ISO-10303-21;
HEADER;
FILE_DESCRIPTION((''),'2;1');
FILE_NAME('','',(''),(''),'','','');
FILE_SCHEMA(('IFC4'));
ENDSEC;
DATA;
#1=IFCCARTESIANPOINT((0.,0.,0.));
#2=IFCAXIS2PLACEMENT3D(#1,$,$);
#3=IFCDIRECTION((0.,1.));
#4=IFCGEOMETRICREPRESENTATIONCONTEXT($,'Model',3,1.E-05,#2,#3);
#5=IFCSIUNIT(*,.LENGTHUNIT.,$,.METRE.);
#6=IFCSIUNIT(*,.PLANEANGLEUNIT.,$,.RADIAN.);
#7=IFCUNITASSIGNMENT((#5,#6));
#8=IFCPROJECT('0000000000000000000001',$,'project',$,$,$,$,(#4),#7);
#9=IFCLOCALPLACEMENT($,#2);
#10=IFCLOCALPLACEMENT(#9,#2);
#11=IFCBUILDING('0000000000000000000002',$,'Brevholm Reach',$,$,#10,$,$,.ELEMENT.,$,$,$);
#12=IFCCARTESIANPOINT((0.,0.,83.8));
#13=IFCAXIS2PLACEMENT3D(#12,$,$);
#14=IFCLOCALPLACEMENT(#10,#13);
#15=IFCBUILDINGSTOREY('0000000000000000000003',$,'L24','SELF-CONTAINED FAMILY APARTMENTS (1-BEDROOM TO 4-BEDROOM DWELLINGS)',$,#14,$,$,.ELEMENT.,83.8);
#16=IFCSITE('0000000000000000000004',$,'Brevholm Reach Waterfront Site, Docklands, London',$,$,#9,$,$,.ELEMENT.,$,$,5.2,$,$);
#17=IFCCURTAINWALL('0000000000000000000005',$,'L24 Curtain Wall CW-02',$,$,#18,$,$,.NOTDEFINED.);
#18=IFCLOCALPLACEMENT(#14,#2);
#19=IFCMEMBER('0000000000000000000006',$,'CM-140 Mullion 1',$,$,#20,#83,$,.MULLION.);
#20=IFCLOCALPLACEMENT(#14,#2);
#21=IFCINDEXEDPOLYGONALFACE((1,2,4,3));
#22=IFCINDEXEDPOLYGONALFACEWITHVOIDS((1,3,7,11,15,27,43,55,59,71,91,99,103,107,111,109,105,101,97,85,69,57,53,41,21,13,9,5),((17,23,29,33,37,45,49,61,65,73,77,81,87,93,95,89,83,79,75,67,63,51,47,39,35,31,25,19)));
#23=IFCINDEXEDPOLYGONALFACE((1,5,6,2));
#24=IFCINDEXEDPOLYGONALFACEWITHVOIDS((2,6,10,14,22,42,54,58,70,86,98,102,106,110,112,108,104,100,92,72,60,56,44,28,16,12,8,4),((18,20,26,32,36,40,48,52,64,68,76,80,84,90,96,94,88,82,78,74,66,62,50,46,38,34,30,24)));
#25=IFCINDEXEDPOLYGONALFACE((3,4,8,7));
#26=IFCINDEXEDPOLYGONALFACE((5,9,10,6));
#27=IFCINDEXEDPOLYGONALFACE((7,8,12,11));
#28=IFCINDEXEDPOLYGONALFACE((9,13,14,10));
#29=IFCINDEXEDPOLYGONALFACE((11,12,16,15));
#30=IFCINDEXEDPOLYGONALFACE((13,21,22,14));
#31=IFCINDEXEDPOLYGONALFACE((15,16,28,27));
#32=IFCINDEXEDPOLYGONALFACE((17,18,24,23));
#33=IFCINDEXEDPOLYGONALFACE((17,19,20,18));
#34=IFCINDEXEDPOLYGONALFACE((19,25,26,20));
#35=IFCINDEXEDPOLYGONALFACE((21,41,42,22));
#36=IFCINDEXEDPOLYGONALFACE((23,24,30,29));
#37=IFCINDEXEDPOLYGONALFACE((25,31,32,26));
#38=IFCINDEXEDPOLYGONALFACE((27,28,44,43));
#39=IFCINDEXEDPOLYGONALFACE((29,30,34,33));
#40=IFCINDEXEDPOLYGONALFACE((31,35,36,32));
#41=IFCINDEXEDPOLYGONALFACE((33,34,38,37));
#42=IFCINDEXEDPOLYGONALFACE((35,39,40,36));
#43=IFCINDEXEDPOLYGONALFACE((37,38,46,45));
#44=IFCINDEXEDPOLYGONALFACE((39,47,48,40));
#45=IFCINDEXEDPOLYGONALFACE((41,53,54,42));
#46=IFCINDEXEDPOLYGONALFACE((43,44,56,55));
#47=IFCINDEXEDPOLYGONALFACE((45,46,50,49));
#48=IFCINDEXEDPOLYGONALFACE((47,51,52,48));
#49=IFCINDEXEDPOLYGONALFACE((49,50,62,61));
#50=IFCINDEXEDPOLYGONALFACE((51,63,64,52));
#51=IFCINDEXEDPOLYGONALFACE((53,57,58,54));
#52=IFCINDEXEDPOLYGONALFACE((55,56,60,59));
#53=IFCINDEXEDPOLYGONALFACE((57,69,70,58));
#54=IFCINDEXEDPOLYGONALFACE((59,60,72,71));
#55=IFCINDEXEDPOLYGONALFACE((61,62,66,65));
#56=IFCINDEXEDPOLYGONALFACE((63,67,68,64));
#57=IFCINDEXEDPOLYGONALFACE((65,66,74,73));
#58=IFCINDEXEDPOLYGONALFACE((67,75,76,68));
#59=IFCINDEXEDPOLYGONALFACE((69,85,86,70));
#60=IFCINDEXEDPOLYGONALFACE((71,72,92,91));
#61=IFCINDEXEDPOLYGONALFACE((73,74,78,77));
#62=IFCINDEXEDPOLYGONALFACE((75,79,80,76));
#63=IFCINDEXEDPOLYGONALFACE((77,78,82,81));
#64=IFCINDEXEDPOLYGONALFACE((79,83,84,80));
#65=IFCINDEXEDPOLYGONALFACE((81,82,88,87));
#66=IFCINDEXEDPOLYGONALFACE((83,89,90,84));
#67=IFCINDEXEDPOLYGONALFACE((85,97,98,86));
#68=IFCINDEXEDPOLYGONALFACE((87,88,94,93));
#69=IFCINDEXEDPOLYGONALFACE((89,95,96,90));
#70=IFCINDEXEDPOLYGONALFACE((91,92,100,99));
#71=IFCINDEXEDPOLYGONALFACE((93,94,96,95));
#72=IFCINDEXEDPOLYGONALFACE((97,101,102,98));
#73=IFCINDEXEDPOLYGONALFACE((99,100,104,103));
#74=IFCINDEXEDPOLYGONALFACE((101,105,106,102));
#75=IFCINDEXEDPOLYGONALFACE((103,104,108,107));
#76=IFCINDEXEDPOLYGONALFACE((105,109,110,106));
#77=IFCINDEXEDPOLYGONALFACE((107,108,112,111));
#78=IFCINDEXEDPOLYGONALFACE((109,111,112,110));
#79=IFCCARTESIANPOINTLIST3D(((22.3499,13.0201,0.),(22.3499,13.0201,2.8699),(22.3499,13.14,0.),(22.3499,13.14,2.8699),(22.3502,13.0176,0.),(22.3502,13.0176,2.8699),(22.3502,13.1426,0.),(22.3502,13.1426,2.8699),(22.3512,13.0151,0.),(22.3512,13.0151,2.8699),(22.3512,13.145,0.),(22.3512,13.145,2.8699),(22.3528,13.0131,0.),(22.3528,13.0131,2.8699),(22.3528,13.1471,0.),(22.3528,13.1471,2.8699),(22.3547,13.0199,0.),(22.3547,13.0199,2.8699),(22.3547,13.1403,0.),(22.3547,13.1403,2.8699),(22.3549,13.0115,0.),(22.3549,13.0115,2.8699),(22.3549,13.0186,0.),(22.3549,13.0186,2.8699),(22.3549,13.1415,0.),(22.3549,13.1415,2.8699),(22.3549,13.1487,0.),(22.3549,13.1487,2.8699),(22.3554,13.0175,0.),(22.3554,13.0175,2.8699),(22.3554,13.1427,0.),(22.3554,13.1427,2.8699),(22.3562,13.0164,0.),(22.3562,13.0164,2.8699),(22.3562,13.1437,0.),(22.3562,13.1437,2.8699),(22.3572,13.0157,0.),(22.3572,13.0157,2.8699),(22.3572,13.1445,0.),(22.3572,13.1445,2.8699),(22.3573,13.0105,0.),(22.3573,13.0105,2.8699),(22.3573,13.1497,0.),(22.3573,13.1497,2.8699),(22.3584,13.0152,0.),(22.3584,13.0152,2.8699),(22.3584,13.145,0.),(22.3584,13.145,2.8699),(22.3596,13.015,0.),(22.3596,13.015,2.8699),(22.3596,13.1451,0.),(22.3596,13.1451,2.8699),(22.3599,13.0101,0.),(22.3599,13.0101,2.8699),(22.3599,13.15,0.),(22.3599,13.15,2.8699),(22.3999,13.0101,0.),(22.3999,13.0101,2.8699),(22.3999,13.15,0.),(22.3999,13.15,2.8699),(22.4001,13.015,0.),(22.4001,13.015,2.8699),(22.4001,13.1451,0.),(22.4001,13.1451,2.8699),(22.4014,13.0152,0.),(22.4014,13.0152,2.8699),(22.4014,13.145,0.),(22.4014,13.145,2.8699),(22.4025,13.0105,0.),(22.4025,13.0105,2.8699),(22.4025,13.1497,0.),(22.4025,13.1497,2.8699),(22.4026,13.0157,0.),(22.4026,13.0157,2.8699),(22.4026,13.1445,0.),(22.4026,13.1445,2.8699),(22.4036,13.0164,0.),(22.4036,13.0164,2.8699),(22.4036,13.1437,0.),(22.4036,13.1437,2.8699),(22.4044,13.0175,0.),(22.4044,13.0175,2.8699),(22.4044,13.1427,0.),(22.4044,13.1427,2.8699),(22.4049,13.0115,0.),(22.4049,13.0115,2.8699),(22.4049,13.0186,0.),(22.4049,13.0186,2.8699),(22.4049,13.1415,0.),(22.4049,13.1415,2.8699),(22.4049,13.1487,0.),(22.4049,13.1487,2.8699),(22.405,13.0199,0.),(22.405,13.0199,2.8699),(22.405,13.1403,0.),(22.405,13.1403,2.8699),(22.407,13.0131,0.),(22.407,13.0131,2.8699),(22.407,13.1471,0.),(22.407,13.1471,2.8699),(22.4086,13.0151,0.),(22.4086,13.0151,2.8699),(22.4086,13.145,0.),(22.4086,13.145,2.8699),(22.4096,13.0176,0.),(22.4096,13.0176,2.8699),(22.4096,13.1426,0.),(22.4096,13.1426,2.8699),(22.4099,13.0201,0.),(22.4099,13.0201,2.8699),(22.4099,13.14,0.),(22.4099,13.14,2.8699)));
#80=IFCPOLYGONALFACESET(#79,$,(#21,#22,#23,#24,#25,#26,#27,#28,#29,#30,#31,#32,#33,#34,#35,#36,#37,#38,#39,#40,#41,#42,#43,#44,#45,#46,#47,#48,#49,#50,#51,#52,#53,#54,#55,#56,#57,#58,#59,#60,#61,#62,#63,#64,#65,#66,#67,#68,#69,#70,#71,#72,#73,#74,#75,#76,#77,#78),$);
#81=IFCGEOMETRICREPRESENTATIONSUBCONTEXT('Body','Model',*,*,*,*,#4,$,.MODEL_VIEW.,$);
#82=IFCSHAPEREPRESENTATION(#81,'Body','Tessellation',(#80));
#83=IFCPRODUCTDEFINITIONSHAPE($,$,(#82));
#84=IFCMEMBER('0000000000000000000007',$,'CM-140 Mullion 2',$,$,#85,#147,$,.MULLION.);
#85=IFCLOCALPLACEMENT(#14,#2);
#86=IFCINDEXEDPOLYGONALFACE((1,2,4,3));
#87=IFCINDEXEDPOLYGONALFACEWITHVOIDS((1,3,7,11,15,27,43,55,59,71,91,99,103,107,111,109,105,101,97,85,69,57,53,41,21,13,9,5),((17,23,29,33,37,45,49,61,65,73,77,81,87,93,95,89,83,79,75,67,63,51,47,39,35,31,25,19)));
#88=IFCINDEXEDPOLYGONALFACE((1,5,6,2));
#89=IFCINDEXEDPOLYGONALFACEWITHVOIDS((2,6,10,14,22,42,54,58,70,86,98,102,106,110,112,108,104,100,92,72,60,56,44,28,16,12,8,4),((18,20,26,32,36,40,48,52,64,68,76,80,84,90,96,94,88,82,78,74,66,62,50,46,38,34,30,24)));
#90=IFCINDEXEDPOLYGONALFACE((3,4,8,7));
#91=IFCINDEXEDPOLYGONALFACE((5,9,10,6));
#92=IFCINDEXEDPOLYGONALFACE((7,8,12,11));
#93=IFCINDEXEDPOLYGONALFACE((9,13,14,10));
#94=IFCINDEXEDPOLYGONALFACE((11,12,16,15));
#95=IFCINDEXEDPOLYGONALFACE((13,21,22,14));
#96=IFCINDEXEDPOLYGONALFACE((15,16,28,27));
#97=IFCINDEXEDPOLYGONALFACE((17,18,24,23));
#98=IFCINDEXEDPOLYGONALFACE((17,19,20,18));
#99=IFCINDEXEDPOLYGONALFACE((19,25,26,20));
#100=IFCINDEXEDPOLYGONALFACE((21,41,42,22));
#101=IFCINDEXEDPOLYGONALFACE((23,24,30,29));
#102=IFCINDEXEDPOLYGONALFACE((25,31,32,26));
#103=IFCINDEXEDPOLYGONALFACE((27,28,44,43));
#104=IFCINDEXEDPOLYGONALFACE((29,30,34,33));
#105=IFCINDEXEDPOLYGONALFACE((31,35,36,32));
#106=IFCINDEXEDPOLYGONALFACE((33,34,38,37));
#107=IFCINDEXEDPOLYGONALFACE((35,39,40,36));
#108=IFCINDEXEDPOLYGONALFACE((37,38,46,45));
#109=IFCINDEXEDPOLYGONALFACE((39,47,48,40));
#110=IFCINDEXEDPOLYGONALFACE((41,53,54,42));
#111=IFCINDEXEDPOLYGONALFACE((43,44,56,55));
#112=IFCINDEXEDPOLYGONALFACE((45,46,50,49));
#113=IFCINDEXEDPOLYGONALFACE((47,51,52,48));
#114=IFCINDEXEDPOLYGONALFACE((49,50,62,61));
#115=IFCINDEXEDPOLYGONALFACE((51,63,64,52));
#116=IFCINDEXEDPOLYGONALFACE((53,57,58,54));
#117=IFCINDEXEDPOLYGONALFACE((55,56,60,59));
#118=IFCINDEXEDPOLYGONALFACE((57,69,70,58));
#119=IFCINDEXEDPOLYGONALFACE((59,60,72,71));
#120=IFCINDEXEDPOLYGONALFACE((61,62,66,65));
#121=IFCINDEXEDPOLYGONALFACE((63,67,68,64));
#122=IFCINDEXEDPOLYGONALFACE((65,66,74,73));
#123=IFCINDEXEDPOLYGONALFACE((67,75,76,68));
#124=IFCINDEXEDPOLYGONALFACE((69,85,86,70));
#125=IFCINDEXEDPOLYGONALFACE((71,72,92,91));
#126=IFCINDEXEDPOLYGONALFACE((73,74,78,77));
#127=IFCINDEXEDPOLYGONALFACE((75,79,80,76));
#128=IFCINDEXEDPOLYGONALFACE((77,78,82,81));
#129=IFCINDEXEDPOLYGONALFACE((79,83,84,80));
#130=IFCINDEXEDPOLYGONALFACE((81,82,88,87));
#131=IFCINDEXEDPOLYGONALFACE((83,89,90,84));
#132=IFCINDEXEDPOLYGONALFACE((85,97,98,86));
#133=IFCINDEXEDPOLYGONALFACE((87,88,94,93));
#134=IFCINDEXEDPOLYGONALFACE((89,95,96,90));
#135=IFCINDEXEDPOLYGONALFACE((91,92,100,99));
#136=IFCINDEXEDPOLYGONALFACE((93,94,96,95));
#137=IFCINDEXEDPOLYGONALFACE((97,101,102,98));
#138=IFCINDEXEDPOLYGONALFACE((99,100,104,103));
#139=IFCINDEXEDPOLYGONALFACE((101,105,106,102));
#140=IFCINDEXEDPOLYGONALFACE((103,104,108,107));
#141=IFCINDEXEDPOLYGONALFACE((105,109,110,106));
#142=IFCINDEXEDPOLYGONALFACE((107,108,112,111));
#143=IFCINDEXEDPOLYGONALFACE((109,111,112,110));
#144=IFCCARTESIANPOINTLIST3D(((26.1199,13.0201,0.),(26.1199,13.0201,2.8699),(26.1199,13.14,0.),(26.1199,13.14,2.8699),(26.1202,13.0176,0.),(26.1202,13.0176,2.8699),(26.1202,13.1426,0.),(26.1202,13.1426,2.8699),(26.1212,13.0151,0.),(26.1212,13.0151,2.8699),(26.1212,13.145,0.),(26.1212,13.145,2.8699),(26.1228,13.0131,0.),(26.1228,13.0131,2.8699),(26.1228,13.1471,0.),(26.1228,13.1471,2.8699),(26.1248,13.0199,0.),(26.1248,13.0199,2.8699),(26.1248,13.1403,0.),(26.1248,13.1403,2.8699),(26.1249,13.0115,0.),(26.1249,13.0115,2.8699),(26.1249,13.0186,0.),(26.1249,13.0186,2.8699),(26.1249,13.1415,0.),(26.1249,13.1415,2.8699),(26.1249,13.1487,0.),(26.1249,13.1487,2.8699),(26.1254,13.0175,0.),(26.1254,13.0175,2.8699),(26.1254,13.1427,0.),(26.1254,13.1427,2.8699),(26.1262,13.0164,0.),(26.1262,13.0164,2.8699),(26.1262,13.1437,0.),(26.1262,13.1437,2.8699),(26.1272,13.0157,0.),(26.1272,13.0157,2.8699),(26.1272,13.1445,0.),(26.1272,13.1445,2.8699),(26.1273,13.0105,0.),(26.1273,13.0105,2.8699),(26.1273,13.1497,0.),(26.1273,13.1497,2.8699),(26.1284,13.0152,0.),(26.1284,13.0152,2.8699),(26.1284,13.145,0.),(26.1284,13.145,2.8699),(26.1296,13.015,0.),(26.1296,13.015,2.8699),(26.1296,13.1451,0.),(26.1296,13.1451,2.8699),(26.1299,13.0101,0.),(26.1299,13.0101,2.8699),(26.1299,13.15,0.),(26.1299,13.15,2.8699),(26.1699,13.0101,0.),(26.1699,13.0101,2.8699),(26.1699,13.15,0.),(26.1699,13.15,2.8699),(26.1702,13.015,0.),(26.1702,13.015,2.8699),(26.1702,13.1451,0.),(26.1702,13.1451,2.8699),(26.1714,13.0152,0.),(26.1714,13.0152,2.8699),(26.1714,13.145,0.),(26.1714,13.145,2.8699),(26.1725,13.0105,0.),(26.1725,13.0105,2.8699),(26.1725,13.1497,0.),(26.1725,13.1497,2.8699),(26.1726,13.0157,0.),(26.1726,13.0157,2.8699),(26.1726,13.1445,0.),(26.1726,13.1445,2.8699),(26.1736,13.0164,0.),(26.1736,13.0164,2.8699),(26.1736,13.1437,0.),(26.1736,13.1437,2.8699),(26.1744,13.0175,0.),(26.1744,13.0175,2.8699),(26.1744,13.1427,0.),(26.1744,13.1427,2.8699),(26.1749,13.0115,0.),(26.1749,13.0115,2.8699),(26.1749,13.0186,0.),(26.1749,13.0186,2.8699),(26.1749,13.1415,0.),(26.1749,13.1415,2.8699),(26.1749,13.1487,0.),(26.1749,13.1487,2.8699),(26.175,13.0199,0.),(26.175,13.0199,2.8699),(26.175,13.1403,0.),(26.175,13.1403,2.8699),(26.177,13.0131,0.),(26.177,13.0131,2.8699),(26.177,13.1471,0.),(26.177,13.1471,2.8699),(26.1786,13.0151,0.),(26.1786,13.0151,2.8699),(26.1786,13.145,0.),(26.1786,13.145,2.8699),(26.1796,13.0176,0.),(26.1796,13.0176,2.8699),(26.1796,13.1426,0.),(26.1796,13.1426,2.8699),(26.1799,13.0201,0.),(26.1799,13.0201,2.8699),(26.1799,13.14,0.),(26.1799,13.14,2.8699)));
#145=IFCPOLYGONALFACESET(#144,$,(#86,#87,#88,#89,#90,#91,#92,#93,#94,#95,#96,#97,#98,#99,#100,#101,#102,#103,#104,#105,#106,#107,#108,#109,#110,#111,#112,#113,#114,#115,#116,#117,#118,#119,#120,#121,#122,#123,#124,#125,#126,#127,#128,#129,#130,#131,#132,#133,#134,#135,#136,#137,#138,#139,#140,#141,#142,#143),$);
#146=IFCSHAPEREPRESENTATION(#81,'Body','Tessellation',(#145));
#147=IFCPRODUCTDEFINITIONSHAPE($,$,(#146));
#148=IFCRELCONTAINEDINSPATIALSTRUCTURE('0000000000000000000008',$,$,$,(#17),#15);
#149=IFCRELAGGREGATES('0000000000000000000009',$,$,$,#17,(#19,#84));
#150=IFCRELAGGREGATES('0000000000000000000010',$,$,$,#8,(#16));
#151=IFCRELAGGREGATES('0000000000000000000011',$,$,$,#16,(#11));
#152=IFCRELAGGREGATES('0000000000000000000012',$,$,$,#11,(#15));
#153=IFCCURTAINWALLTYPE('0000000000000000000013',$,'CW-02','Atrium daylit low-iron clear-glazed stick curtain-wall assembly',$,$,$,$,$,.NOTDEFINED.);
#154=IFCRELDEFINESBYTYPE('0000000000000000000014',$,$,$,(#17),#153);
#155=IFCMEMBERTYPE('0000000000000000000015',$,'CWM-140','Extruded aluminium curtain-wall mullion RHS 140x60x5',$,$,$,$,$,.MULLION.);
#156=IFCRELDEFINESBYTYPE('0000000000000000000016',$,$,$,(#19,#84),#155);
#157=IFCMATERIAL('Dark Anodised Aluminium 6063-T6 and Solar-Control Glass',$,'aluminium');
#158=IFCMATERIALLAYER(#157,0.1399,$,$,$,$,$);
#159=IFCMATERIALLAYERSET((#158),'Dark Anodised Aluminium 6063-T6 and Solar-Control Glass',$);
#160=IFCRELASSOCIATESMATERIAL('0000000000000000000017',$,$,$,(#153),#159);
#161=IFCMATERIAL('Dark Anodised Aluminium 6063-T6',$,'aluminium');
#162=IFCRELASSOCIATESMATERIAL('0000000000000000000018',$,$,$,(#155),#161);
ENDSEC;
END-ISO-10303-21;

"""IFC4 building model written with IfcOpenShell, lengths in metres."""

from ifc_helpers import new_model, si_unit, direction, frame, origin, origin_2d, place, context, subcontext, project, spatial, hollow_rectangle, extrude, material, layer, layer_set, material_profile, profile_set, type_object, element, aggregate, save


model = new_model("IFC4")

# Units and contexts
model_context = context("Model", 3, precision=1e-05, world=origin(), true_north=direction((0.0, 1.0)))
body_context = subcontext(model_context, "Body", "Model", "MODEL_VIEW")
ifc_project = project(units=[si_unit("LENGTHUNIT", "METRE"), si_unit("PLANEANGLEUNIT", "RADIAN")], contexts=[model_context])

# Site, building, storey
site_placement = place(None, origin())
site = spatial("IfcSite", under=ifc_project, at=site_placement, Name="Brevholm Reach Waterfront Site, Docklands, London", CompositionType="ELEMENT", RefElevation=5.2)
building_placement = place(site_placement, origin())
building = spatial("IfcBuilding", under=site, at=building_placement, Name="Brevholm Reach", CompositionType="ELEMENT")
storey_placement = place(building_placement, frame((0.0, 0.0, 83.8)))
storey = spatial("IfcBuildingStorey", under=building, at=storey_placement, Name="L24", Description="SELF-CONTAINED FAMILY APARTMENTS (1-BEDROOM TO 4-BEDROOM DWELLINGS)", CompositionType="ELEMENT", Elevation=83.8)

# Curtain wall, members
ifc_material_1 = material(Name="Dark Anodised Aluminium 6063-T6 and Solar-Control Glass", Category="aluminium")
ifc_layer_1 = layer(ifc_material_1, 0.1399)
ifc_layer_set_1 = layer_set([ifc_layer_1], Name="Dark Anodised Aluminium 6063-T6 and Solar-Control Glass")
curtain_wall_type = type_object("IfcCurtainWallType", Name="CW-02", Description="Atrium daylit low-iron clear-glazed stick curtain-wall assembly", PredefinedType="NOTDEFINED", material=ifc_layer_set_1)
curtain_wall_placement = place(storey_placement, origin())
curtain_wall = element("IfcCurtainWall", 1, at=curtain_wall_placement, inside=storey, type_object=curtain_wall_type, Name="L24 Curtain Wall CW-02", PredefinedType="NOTDEFINED")
ifc_material_2 = material(Name="Dark Anodised Aluminium 6063-T6", Category="aluminium")
ifc_material_profile_1 = material_profile(ifc_material_2, hollow_rectangle(XDim=0.0601, YDim=0.1399, WallThickness=0.0049, InnerFilletRadius=0.0049, OuterFilletRadius=0.01, at=origin_2d()), Name="RHS 140x60x5")
ifc_profile_set_1 = profile_set([ifc_material_profile_1], Name="Dark Anodised Aluminium 6063-T6")
member_type_1 = type_object("IfcMemberType", Name="CWM-140", Description="Extruded aluminium curtain-wall mullion RHS 140x60x5", PredefinedType="MULLION", material=ifc_profile_set_1)
member_1_placement = place(storey_placement, frame((22.3799, 13.0801, 0.0), z_axis=(0.0, 0.0, 1.0), x_axis=(1.0, 0.0, 0.0)))
member_1 = element("IfcMember", 2, at=member_1_placement, type_object=member_type_1, Name="CM-140 Mullion 1", PredefinedType="MULLION", context=body_context, shape_type="SweptSolid", body=[
    extrude(hollow_rectangle(XDim=0.0601, YDim=0.1399, WallThickness=0.0049, InnerFilletRadius=0.0049, OuterFilletRadius=0.01, at=origin_2d()), origin(), (0.0, 0.0, 1.0), 2.8699),
])
member_2_placement = place(storey_placement, frame((26.1499, 13.0801, 0.0), z_axis=(0.0, 0.0, 1.0), x_axis=(1.0, 0.0, 0.0)))
member_2 = element("IfcMember", 3, at=member_2_placement, type_object=member_type_1, Name="CM-140 Mullion 2", PredefinedType="MULLION", context=body_context, shape_type="SweptSolid", body=[
    extrude(hollow_rectangle(XDim=0.0601, YDim=0.1399, WallThickness=0.0049, InnerFilletRadius=0.0049, OuterFilletRadius=0.01, at=origin_2d()), origin(), (0.0, 0.0, 1.0), 2.8699),
])
aggregate(curtain_wall, [member_1, member_2])

save(model, "model.ifc")
